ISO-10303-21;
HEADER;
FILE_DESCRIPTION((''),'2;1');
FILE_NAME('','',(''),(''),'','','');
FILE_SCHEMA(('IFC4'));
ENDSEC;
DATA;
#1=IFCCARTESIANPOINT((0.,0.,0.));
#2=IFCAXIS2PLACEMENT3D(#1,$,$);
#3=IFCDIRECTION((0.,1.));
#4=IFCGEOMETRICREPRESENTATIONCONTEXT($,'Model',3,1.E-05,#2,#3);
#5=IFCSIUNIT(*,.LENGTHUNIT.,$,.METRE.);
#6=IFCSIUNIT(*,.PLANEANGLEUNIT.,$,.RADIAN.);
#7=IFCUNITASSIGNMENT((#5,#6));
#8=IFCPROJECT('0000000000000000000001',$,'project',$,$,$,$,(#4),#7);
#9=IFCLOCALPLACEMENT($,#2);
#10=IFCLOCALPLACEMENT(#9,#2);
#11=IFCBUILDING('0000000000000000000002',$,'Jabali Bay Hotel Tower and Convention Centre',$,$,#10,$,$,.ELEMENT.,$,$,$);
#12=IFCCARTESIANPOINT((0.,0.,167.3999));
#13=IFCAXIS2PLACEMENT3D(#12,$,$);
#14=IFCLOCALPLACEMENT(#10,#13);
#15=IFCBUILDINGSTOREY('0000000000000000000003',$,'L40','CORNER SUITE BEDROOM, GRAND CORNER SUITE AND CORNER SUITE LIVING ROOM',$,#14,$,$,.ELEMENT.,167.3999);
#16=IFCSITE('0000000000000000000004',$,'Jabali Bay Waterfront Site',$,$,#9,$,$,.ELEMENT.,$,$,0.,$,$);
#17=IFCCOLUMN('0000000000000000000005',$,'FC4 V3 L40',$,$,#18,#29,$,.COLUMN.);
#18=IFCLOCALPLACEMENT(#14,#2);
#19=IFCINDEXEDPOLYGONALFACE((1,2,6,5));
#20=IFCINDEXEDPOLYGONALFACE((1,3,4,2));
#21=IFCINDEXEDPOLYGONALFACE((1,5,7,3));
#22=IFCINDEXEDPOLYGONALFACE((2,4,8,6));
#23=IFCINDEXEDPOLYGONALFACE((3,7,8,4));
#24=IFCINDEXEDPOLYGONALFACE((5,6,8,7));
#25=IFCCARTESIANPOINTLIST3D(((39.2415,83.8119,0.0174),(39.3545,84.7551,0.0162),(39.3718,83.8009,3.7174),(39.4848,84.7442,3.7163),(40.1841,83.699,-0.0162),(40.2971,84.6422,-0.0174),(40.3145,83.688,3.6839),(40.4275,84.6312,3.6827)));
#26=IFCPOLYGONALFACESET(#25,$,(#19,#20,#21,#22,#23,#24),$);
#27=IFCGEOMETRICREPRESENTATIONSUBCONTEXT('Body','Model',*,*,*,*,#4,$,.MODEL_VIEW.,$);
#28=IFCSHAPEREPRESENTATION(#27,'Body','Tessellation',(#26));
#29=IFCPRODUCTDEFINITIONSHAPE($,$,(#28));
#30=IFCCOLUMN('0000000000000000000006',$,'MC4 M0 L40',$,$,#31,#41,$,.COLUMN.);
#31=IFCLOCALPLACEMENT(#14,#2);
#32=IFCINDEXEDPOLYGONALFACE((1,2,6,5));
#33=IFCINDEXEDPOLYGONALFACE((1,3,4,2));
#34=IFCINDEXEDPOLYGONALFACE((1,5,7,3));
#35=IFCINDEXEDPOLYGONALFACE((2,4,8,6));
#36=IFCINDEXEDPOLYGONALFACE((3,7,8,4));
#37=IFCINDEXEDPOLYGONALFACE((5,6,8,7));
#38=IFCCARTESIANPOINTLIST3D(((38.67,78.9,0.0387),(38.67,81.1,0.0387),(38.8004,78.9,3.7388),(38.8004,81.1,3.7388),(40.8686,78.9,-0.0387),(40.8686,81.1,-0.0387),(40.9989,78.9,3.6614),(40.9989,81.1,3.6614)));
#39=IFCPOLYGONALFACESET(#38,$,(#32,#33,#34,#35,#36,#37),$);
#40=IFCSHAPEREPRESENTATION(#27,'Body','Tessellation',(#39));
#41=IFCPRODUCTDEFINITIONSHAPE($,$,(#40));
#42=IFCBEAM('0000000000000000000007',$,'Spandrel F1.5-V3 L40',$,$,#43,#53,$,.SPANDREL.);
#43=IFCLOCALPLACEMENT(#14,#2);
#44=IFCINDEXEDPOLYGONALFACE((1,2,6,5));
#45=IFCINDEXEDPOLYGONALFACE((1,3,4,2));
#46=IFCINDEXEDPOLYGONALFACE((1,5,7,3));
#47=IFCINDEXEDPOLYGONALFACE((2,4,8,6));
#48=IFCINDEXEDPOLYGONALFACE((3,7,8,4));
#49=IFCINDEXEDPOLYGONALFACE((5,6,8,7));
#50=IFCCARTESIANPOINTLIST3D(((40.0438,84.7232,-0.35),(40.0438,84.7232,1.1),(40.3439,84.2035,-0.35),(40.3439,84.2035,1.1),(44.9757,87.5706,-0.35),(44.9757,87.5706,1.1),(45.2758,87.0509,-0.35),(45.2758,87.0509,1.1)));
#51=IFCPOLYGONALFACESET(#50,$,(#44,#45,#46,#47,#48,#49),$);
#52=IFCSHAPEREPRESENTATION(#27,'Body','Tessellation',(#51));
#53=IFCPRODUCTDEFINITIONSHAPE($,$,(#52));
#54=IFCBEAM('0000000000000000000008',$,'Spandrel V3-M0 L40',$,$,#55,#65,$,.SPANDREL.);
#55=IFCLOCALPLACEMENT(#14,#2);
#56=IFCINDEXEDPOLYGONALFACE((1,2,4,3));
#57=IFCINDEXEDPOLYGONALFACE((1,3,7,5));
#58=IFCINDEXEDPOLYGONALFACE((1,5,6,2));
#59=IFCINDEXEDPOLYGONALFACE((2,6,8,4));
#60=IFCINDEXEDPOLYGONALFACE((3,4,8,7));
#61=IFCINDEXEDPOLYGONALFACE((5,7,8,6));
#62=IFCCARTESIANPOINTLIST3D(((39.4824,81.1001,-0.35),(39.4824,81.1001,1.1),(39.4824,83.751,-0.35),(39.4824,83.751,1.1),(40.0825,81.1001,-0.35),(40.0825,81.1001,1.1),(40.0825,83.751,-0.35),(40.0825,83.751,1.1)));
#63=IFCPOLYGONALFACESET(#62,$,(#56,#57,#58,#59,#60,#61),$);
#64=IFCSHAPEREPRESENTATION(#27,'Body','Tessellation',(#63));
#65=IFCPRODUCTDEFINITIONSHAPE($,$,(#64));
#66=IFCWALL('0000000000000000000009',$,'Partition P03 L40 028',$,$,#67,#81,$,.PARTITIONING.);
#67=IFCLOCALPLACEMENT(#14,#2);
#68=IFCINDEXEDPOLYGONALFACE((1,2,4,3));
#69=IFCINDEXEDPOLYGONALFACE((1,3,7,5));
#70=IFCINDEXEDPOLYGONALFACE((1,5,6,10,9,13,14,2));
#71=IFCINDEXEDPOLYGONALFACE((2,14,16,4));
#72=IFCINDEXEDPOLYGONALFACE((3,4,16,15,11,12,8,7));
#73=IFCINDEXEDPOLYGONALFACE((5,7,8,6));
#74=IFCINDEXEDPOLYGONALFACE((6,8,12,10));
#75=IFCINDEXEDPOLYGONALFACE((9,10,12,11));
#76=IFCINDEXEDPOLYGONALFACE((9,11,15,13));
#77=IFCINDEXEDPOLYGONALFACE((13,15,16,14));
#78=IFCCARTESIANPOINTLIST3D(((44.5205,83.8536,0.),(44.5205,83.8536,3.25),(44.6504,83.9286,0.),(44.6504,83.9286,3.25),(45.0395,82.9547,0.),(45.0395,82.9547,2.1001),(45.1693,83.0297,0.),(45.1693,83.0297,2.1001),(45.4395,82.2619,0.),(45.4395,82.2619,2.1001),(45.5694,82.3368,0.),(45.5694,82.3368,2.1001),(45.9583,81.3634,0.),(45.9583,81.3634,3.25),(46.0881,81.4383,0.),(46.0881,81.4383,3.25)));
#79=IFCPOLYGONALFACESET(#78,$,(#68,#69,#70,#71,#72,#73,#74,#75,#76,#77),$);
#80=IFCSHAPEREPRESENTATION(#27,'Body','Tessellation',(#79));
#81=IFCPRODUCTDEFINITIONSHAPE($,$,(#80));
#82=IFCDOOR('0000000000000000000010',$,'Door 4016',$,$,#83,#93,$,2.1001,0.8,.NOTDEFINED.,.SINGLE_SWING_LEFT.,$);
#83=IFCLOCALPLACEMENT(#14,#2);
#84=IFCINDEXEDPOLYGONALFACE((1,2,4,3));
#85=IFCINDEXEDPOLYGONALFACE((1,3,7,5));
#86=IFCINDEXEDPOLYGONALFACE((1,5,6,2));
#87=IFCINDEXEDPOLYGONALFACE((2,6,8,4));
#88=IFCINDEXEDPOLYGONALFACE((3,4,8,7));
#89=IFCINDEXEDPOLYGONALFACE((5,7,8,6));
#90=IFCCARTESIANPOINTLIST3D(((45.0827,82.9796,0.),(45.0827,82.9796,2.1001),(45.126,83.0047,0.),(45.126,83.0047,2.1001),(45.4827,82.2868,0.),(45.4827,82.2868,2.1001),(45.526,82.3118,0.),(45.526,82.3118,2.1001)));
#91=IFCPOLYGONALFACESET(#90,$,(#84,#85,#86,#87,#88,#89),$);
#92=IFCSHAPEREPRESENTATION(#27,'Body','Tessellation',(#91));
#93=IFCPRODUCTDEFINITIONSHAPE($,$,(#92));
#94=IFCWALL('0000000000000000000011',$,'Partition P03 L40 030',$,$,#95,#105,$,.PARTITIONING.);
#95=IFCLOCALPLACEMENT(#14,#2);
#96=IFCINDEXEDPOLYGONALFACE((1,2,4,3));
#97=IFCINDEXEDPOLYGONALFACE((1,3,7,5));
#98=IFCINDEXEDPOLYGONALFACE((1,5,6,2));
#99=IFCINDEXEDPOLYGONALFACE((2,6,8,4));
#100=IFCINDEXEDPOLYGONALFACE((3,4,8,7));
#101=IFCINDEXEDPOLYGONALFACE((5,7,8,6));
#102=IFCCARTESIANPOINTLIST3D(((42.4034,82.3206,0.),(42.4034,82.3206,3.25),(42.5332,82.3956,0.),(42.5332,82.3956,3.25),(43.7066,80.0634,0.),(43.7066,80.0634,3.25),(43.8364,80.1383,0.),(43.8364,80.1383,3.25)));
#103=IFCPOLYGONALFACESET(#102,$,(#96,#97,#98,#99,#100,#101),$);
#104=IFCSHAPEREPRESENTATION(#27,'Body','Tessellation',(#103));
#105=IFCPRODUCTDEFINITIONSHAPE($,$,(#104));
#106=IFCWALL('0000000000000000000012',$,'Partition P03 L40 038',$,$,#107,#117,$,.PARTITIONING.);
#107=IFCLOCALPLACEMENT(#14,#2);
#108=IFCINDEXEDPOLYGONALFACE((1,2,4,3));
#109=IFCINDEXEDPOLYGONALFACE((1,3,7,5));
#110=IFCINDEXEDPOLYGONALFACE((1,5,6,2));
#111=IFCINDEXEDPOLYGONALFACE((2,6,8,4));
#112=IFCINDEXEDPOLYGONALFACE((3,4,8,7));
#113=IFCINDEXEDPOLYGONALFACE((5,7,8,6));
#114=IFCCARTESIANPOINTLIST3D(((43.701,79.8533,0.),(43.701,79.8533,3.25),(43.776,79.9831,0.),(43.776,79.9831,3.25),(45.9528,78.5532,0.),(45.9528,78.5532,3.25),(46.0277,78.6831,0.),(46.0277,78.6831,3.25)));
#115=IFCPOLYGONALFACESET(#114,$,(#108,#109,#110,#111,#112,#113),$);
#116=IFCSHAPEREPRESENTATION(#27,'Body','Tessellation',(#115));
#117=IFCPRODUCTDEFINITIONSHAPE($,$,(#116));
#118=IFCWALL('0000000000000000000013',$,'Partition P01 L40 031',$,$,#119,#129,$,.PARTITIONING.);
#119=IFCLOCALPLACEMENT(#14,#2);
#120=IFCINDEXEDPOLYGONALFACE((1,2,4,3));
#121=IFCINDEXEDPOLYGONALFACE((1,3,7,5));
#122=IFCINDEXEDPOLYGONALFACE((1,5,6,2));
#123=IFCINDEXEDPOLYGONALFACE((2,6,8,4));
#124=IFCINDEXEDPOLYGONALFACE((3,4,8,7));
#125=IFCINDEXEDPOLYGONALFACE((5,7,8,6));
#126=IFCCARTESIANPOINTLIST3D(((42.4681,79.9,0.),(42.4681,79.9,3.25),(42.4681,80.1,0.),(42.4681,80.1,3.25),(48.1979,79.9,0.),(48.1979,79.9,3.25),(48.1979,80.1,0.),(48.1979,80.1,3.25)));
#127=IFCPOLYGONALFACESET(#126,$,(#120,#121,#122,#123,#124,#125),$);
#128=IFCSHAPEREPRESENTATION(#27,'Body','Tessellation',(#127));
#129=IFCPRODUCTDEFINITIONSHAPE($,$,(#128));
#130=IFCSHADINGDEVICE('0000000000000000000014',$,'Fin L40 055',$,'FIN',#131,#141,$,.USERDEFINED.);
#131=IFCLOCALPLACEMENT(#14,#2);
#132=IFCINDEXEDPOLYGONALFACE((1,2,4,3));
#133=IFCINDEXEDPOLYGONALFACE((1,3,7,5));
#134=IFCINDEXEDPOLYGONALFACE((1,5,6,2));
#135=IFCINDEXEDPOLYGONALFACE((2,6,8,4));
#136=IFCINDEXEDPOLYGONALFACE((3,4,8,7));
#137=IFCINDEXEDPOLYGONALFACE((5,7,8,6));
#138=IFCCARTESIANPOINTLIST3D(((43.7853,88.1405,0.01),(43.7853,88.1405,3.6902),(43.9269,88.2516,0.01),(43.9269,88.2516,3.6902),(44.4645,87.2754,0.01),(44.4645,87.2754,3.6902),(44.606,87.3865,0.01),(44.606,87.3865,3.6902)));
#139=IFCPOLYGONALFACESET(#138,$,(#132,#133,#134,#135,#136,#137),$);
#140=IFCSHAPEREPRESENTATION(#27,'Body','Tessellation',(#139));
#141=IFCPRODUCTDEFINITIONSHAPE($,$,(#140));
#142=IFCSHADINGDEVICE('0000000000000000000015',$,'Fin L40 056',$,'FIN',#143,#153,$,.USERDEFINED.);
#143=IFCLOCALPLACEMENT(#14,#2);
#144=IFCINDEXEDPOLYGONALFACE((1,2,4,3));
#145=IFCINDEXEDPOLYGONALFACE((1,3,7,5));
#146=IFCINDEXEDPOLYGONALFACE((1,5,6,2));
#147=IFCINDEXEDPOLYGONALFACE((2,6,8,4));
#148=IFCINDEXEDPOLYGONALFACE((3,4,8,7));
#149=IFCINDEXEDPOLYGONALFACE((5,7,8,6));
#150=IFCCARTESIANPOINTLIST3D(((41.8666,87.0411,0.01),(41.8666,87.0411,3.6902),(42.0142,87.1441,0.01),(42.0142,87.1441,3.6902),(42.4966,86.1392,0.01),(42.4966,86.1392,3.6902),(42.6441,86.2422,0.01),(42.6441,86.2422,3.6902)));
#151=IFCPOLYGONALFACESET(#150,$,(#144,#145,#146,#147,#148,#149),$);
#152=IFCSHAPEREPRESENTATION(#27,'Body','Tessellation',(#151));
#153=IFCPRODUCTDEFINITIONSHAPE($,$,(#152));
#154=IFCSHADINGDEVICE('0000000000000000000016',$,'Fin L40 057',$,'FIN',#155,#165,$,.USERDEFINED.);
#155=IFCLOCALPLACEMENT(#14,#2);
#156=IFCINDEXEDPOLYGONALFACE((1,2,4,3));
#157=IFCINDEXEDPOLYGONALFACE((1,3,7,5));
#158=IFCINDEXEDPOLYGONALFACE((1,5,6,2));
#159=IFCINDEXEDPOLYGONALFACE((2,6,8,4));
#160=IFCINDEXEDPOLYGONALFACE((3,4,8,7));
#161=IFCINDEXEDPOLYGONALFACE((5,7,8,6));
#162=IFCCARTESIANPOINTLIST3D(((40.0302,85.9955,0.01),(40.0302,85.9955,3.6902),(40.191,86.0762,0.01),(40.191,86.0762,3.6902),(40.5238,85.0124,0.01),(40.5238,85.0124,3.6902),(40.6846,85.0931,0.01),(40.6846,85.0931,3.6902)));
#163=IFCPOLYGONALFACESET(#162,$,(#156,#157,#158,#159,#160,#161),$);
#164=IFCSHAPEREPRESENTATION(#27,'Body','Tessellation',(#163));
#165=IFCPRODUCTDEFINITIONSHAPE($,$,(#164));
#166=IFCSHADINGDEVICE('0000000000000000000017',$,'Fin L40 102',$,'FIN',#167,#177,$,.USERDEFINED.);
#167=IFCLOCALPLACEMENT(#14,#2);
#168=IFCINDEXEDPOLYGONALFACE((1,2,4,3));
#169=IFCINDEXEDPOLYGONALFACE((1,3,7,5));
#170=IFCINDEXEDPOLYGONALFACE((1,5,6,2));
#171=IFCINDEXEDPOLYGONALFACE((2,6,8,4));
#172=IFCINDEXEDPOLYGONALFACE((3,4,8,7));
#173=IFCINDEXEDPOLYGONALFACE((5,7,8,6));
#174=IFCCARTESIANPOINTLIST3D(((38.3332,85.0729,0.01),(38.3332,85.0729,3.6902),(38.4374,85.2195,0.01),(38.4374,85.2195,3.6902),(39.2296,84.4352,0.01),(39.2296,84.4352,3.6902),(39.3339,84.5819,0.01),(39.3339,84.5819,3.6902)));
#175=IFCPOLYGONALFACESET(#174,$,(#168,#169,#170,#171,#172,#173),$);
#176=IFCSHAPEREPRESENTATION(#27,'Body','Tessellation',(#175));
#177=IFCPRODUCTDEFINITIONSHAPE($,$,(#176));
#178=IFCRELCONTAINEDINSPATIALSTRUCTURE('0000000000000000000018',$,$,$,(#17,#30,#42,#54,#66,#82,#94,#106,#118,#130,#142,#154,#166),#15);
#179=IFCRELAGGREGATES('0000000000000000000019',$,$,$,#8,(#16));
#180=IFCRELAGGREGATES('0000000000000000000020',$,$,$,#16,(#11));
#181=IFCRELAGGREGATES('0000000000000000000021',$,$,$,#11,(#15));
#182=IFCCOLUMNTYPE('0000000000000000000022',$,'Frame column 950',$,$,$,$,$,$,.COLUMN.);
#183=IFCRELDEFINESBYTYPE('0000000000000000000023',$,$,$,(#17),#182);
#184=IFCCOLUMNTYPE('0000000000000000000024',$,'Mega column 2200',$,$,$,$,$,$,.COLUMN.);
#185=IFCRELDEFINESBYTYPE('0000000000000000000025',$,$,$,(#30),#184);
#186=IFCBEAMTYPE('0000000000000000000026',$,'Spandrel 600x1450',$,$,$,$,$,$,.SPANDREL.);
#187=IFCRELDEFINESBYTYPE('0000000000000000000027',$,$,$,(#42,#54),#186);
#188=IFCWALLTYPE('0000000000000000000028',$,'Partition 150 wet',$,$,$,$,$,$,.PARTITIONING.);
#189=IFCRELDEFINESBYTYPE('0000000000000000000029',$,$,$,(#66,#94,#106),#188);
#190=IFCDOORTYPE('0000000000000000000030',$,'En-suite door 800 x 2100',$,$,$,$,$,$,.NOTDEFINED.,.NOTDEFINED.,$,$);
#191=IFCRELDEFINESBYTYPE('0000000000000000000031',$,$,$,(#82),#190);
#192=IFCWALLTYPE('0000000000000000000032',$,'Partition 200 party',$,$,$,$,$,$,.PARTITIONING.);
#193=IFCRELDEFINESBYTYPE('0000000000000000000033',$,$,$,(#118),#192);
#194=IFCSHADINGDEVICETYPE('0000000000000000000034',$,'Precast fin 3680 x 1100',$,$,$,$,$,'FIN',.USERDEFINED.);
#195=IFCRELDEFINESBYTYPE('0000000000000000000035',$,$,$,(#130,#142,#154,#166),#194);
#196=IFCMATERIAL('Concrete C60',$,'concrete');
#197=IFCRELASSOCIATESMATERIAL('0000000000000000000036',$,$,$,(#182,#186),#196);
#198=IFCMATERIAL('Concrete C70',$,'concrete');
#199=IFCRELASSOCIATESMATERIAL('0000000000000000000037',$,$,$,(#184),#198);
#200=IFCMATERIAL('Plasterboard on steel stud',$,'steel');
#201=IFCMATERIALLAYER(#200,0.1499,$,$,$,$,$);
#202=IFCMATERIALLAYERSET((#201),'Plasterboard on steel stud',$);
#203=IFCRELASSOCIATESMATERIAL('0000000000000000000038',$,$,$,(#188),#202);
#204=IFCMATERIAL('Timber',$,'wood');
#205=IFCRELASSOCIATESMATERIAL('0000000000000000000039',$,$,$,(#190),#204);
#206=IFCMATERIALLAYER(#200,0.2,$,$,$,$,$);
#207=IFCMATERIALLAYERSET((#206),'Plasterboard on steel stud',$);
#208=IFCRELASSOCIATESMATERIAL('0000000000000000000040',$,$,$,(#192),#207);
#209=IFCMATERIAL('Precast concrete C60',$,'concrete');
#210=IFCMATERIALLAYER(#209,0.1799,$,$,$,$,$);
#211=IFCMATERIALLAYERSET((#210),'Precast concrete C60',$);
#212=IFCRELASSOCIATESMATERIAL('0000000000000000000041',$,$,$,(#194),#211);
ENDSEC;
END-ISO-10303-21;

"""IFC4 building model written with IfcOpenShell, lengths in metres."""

from ifc_helpers import new_model, si_unit, direction, frame, frame_2d, origin, origin_2d, place, context, subcontext, project, spatial, rectangle, extrude, material, layer, layer_set, material_profile, profile_set, type_object, element, fill, save


model = new_model("IFC4")

# Units and contexts
model_context = context("Model", 3, precision=1e-05, world=origin(), true_north=direction((0.0, 1.0)))
body_context = subcontext(model_context, "Body", "Model", "MODEL_VIEW")
ifc_project = project(units=[si_unit("LENGTHUNIT", "METRE"), si_unit("PLANEANGLEUNIT", "RADIAN")], contexts=[model_context])

# Site, building, storey
site_placement = place(None, origin())
site = spatial("IfcSite", under=ifc_project, at=site_placement, Name="Jabali Bay Waterfront Site", CompositionType="ELEMENT", RefElevation=0.0)
building_placement = place(site_placement, origin())
building = spatial("IfcBuilding", under=site, at=building_placement, Name="Jabali Bay Hotel Tower and Convention Centre", CompositionType="ELEMENT")
storey_placement = place(building_placement, frame((0.0, 0.0, 167.3999)))
storey = spatial("IfcBuildingStorey", under=building, at=storey_placement, Name="L40", Description="CORNER SUITE BEDROOM, GRAND CORNER SUITE AND CORNER SUITE LIVING ROOM", CompositionType="ELEMENT", Elevation=167.3999)

# Columns
ifc_material_1 = material(Name="Concrete C60", Category="concrete")
ifc_material_profile_1 = material_profile(ifc_material_1, rectangle(XDim=0.95, YDim=0.95, at=origin_2d()), Name="Frame column 950")
ifc_profile_set_1 = profile_set([ifc_material_profile_1], Name="Concrete C60")
column_type_1 = type_object("IfcColumnType", Name="Frame column 950", PredefinedType="COLUMN", material=ifc_profile_set_1)
column_1_placement = place(storey_placement, frame((39.7693, 84.2271, 0.0), z_axis=(0.035212, -0.002967, 0.999375), x_axis=(-0.992276, 0.11892, 0.035315)))
element("IfcColumn", 1, at=column_1_placement, inside=storey, type_object=column_type_1, Name="FC4 V3 L40", PredefinedType="COLUMN", context=body_context, shape_type="SweptSolid", body=[
    extrude(rectangle(XDim=0.95, YDim=0.95, at=origin_2d()), origin(), (0.0, 0.0, 1.0), 3.7024),
])
ifc_material_2 = material(Name="Concrete C70", Category="concrete")
ifc_material_profile_2 = material_profile(ifc_material_2, rectangle(XDim=2.2, YDim=2.2, at=origin_2d()), Name="Mega column 2200")
ifc_profile_set_2 = profile_set([ifc_material_profile_2], Name="Concrete C70")
column_type_2 = type_object("IfcColumnType", Name="Mega column 2200", PredefinedType="COLUMN", material=ifc_profile_set_2)
column_2_placement = place(storey_placement, frame((39.7693, 80.0, 0.0), z_axis=(0.035212, 0.0, 0.99938), x_axis=(0.0, 1.0, 0.0)))
element("IfcColumn", 2, at=column_2_placement, inside=storey, type_object=column_type_2, Name="MC4 M0 L40", PredefinedType="COLUMN", context=body_context, shape_type="SweptSolid", body=[
    extrude(rectangle(XDim=2.2, YDim=2.2, at=origin_2d()), origin(), (0.0, 0.0, 1.0), 3.7024),
])

# Beams
ifc_material_profile_3 = material_profile(ifc_material_1, rectangle(XDim=0.6001, YDim=1.45, at=origin_2d()), Name="Spandrel 600x1450")
ifc_profile_set_3 = profile_set([ifc_material_profile_3], Name="Concrete C60")
beam_type = type_object("IfcBeamType", Name="Spandrel 600x1450", PredefinedType="SPANDREL", material=ifc_profile_set_3)
beam_1_placement = place(storey_placement, frame((45.1257, 87.3108, 0.375), z_axis=(-0.866026, -0.499998, 0.0), x_axis=(0.499998, -0.866026, 0.0)))
element("IfcBeam", 3, at=beam_1_placement, inside=storey, type_object=beam_type, Name="Spandrel F1.5-V3 L40", PredefinedType="SPANDREL", context=body_context, shape_type="SweptSolid", body=[
    extrude(rectangle(XDim=0.6001, YDim=1.45, at=origin_2d()), origin(), (0.0, 0.0, 1.0), 5.6948),
])
beam_2_placement = place(storey_placement, frame((39.7825, 83.751, 0.375), z_axis=(0.0, -1.0, 0.0), x_axis=(1.0, 0.0, 0.0)))
element("IfcBeam", 4, at=beam_2_placement, inside=storey, type_object=beam_type, Name="Spandrel V3-M0 L40", PredefinedType="SPANDREL", context=body_context, shape_type="SweptSolid", body=[
    extrude(rectangle(XDim=0.6001, YDim=1.45, at=origin_2d()), origin(), (0.0, 0.0, 1.0), 2.6509),
])

# Wall, opening, door
ifc_material_3 = material(Name="Plasterboard on steel stud", Category="steel")
ifc_layer_1 = layer(ifc_material_3, 0.1499)
ifc_layer_set_1 = layer_set([ifc_layer_1], Name="Plasterboard on steel stud")
wall_type_1 = type_object("IfcWallType", Name="Partition 150 wet", PredefinedType="PARTITIONING", material=ifc_layer_set_1)
wall_1_placement = place(storey_placement, frame((44.5854, 83.8911, 0.0), z_axis=(0.0, 0.0, 1.0), x_axis=(0.500002, -0.866024, 0.0)))
wall_1 = element("IfcWall", 5, at=wall_1_placement, inside=storey, type_object=wall_type_1, Name="Partition P03 L40 028", PredefinedType="PARTITIONING", context=body_context, shape_type="SweptSolid", body=[
    extrude(rectangle(XDim=2.8755, YDim=0.1499, at=frame_2d((1.4377, 0.0))), origin(), (0.0, 0.0, 1.0), 3.25),
])
opening_1_placement = place(wall_1_placement, frame((1.0381, 0.0, 0.0)))
opening_1 = element("IfcOpeningElement", 6, at=opening_1_placement, cuts=wall_1, PredefinedType="OPENING", context=body_context, shape_type="SweptSolid", body=[
    extrude(rectangle(XDim=0.8, YDim=2.1001, at=frame_2d((0.3999, 1.05))), frame((0.0, 0.0854, 0.0), z_axis=(0.0, -1.0, 0.0), x_axis=(1.0, 0.0, 0.0)), (0.0, 0.0, 1.0), 0.1709),
])
ifc_material_4 = material(Name="Timber", Category="wood")
door_type_1 = type_object("IfcDoorType", Name="En-suite door 800 x 2100", OperationType="NOTDEFINED", PredefinedType="NOTDEFINED", material=ifc_material_4)
door_1_placement = place(opening_1_placement, origin())
door_1 = element("IfcDoor", 7, at=door_1_placement, inside=storey, type_object=door_type_1, Name="Door 4016", OperationType="SINGLE_SWING_LEFT", OverallHeight=2.1001, OverallWidth=0.8, PredefinedType="NOTDEFINED", context=body_context, shape_type="SweptSolid", body=[
    extrude(rectangle(XDim=0.8, YDim=2.1001, at=frame_2d((0.3999, 1.05))), frame((0.0, 0.0249, 0.0), z_axis=(0.0, -1.0, 0.0), x_axis=(1.0, 0.0, 0.0)), (0.0, 0.0, 1.0), 0.05),
])
fill(opening_1, door_1)

# Walls
wall_2_placement = place(storey_placement, frame((43.7715, 80.1008, 0.0), z_axis=(0.0, 0.0, 1.0), x_axis=(-0.499987, 0.866033, 0.0)))
element("IfcWall", 8, at=wall_2_placement, inside=storey, type_object=wall_type_1, Name="Partition P03 L40 030", PredefinedType="PARTITIONING", context=body_context, shape_type="SweptSolid", body=[
    extrude(rectangle(XDim=2.6064, YDim=0.1499, at=frame_2d((1.3032, 0.0))), origin(), (0.0, 0.0, 1.0), 3.25),
])
wall_3_placement = place(storey_placement, frame((43.7385, 79.9182, 0.0), z_axis=(0.0, 0.0, 1.0), x_axis=(0.866021, -0.500007, 0.0)))
element("IfcWall", 9, at=wall_3_placement, inside=storey, type_object=wall_type_1, Name="Partition P03 L40 038", PredefinedType="PARTITIONING", context=body_context, shape_type="SweptSolid", body=[
    extrude(rectangle(XDim=2.6001, YDim=0.1499, at=frame_2d((1.3, 0.0))), origin(), (0.0, 0.0, 1.0), 3.25),
])
ifc_layer_2 = layer(ifc_material_3, 0.2)
ifc_layer_set_2 = layer_set([ifc_layer_2], Name="Plasterboard on steel stud")
wall_type_2 = type_object("IfcWallType", Name="Partition 200 party", PredefinedType="PARTITIONING", material=ifc_layer_set_2)
wall_4_placement = place(storey_placement, frame((42.4683, 80.0, 0.0), z_axis=(0.0, 0.0, 1.0), x_axis=(1.0, 0.0, 0.0)))
element("IfcWall", 10, at=wall_4_placement, inside=storey, type_object=wall_type_2, Name="Partition P01 L40 031", PredefinedType="PARTITIONING", context=body_context, shape_type="SweptSolid", body=[
    extrude(rectangle(XDim=5.7297, YDim=0.2, at=frame_2d((2.8647, 0.0))), origin(), (0.0, 0.0, 1.0), 3.25),
])

# Shading devices
ifc_material_5 = material(Name="Precast concrete C60", Category="concrete")
ifc_layer_3 = layer(ifc_material_5, 0.1799)
ifc_layer_set_3 = layer_set([ifc_layer_3], Name="Precast concrete C60")
shading_device_type_1 = type_object("IfcShadingDeviceType", Name="Precast fin 3680 x 1100", ElementType="FIN", PredefinedType="USERDEFINED", material=ifc_layer_set_3)
shading_device_1_placement = place(storey_placement, frame((44.5352, 87.3311, 0.01), z_axis=(0.0, 0.0, 1.0), x_axis=(-0.617469, 0.786596, 0.0)))
element("IfcShadingDevice", 11, at=shading_device_1_placement, inside=storey, type_object=shading_device_type_1, Name="Fin L40 055", ObjectType="FIN", PredefinedType="USERDEFINED", context=body_context, shape_type="SweptSolid", body=[
    extrude(rectangle(XDim=1.0999, YDim=0.1799, at=frame_2d((0.5498, 0.0))), origin(), (0.0, 0.0, 1.0), 3.6802),
])
for number, where, z_axis, x_axis, name in (
    (12, (42.5703, 86.1907, 0.01), (0.0, 0.0, 1.0), (-0.572598, 0.819836, 0.0), "Fin L40 056"),
    (13, (40.6042, 85.0527, 0.01), (0.0, 0.0, 1.0), (-0.448722, 0.893671, 0.0), "Fin L40 057"),
    (14, (39.2817, 84.5085, 0.01), (0.0, 0.0, 1.0), (-0.814871, 0.579642, 0.0), "Fin L40 102"),
):
    element("IfcShadingDevice", number, at=place(storey_placement, frame(where, z_axis=z_axis, x_axis=x_axis)), inside=storey, type_object=shading_device_type_1, Name=name, ObjectType="FIN", PredefinedType="USERDEFINED", context=body_context, shape_type="SweptSolid", body=[
        extrude(rectangle(XDim=1.1001, YDim=0.1799, at=frame_2d((0.55, 0.0))), origin(), (0.0, 0.0, 1.0), 3.6802),
    ])

save(model, "model.ifc")
